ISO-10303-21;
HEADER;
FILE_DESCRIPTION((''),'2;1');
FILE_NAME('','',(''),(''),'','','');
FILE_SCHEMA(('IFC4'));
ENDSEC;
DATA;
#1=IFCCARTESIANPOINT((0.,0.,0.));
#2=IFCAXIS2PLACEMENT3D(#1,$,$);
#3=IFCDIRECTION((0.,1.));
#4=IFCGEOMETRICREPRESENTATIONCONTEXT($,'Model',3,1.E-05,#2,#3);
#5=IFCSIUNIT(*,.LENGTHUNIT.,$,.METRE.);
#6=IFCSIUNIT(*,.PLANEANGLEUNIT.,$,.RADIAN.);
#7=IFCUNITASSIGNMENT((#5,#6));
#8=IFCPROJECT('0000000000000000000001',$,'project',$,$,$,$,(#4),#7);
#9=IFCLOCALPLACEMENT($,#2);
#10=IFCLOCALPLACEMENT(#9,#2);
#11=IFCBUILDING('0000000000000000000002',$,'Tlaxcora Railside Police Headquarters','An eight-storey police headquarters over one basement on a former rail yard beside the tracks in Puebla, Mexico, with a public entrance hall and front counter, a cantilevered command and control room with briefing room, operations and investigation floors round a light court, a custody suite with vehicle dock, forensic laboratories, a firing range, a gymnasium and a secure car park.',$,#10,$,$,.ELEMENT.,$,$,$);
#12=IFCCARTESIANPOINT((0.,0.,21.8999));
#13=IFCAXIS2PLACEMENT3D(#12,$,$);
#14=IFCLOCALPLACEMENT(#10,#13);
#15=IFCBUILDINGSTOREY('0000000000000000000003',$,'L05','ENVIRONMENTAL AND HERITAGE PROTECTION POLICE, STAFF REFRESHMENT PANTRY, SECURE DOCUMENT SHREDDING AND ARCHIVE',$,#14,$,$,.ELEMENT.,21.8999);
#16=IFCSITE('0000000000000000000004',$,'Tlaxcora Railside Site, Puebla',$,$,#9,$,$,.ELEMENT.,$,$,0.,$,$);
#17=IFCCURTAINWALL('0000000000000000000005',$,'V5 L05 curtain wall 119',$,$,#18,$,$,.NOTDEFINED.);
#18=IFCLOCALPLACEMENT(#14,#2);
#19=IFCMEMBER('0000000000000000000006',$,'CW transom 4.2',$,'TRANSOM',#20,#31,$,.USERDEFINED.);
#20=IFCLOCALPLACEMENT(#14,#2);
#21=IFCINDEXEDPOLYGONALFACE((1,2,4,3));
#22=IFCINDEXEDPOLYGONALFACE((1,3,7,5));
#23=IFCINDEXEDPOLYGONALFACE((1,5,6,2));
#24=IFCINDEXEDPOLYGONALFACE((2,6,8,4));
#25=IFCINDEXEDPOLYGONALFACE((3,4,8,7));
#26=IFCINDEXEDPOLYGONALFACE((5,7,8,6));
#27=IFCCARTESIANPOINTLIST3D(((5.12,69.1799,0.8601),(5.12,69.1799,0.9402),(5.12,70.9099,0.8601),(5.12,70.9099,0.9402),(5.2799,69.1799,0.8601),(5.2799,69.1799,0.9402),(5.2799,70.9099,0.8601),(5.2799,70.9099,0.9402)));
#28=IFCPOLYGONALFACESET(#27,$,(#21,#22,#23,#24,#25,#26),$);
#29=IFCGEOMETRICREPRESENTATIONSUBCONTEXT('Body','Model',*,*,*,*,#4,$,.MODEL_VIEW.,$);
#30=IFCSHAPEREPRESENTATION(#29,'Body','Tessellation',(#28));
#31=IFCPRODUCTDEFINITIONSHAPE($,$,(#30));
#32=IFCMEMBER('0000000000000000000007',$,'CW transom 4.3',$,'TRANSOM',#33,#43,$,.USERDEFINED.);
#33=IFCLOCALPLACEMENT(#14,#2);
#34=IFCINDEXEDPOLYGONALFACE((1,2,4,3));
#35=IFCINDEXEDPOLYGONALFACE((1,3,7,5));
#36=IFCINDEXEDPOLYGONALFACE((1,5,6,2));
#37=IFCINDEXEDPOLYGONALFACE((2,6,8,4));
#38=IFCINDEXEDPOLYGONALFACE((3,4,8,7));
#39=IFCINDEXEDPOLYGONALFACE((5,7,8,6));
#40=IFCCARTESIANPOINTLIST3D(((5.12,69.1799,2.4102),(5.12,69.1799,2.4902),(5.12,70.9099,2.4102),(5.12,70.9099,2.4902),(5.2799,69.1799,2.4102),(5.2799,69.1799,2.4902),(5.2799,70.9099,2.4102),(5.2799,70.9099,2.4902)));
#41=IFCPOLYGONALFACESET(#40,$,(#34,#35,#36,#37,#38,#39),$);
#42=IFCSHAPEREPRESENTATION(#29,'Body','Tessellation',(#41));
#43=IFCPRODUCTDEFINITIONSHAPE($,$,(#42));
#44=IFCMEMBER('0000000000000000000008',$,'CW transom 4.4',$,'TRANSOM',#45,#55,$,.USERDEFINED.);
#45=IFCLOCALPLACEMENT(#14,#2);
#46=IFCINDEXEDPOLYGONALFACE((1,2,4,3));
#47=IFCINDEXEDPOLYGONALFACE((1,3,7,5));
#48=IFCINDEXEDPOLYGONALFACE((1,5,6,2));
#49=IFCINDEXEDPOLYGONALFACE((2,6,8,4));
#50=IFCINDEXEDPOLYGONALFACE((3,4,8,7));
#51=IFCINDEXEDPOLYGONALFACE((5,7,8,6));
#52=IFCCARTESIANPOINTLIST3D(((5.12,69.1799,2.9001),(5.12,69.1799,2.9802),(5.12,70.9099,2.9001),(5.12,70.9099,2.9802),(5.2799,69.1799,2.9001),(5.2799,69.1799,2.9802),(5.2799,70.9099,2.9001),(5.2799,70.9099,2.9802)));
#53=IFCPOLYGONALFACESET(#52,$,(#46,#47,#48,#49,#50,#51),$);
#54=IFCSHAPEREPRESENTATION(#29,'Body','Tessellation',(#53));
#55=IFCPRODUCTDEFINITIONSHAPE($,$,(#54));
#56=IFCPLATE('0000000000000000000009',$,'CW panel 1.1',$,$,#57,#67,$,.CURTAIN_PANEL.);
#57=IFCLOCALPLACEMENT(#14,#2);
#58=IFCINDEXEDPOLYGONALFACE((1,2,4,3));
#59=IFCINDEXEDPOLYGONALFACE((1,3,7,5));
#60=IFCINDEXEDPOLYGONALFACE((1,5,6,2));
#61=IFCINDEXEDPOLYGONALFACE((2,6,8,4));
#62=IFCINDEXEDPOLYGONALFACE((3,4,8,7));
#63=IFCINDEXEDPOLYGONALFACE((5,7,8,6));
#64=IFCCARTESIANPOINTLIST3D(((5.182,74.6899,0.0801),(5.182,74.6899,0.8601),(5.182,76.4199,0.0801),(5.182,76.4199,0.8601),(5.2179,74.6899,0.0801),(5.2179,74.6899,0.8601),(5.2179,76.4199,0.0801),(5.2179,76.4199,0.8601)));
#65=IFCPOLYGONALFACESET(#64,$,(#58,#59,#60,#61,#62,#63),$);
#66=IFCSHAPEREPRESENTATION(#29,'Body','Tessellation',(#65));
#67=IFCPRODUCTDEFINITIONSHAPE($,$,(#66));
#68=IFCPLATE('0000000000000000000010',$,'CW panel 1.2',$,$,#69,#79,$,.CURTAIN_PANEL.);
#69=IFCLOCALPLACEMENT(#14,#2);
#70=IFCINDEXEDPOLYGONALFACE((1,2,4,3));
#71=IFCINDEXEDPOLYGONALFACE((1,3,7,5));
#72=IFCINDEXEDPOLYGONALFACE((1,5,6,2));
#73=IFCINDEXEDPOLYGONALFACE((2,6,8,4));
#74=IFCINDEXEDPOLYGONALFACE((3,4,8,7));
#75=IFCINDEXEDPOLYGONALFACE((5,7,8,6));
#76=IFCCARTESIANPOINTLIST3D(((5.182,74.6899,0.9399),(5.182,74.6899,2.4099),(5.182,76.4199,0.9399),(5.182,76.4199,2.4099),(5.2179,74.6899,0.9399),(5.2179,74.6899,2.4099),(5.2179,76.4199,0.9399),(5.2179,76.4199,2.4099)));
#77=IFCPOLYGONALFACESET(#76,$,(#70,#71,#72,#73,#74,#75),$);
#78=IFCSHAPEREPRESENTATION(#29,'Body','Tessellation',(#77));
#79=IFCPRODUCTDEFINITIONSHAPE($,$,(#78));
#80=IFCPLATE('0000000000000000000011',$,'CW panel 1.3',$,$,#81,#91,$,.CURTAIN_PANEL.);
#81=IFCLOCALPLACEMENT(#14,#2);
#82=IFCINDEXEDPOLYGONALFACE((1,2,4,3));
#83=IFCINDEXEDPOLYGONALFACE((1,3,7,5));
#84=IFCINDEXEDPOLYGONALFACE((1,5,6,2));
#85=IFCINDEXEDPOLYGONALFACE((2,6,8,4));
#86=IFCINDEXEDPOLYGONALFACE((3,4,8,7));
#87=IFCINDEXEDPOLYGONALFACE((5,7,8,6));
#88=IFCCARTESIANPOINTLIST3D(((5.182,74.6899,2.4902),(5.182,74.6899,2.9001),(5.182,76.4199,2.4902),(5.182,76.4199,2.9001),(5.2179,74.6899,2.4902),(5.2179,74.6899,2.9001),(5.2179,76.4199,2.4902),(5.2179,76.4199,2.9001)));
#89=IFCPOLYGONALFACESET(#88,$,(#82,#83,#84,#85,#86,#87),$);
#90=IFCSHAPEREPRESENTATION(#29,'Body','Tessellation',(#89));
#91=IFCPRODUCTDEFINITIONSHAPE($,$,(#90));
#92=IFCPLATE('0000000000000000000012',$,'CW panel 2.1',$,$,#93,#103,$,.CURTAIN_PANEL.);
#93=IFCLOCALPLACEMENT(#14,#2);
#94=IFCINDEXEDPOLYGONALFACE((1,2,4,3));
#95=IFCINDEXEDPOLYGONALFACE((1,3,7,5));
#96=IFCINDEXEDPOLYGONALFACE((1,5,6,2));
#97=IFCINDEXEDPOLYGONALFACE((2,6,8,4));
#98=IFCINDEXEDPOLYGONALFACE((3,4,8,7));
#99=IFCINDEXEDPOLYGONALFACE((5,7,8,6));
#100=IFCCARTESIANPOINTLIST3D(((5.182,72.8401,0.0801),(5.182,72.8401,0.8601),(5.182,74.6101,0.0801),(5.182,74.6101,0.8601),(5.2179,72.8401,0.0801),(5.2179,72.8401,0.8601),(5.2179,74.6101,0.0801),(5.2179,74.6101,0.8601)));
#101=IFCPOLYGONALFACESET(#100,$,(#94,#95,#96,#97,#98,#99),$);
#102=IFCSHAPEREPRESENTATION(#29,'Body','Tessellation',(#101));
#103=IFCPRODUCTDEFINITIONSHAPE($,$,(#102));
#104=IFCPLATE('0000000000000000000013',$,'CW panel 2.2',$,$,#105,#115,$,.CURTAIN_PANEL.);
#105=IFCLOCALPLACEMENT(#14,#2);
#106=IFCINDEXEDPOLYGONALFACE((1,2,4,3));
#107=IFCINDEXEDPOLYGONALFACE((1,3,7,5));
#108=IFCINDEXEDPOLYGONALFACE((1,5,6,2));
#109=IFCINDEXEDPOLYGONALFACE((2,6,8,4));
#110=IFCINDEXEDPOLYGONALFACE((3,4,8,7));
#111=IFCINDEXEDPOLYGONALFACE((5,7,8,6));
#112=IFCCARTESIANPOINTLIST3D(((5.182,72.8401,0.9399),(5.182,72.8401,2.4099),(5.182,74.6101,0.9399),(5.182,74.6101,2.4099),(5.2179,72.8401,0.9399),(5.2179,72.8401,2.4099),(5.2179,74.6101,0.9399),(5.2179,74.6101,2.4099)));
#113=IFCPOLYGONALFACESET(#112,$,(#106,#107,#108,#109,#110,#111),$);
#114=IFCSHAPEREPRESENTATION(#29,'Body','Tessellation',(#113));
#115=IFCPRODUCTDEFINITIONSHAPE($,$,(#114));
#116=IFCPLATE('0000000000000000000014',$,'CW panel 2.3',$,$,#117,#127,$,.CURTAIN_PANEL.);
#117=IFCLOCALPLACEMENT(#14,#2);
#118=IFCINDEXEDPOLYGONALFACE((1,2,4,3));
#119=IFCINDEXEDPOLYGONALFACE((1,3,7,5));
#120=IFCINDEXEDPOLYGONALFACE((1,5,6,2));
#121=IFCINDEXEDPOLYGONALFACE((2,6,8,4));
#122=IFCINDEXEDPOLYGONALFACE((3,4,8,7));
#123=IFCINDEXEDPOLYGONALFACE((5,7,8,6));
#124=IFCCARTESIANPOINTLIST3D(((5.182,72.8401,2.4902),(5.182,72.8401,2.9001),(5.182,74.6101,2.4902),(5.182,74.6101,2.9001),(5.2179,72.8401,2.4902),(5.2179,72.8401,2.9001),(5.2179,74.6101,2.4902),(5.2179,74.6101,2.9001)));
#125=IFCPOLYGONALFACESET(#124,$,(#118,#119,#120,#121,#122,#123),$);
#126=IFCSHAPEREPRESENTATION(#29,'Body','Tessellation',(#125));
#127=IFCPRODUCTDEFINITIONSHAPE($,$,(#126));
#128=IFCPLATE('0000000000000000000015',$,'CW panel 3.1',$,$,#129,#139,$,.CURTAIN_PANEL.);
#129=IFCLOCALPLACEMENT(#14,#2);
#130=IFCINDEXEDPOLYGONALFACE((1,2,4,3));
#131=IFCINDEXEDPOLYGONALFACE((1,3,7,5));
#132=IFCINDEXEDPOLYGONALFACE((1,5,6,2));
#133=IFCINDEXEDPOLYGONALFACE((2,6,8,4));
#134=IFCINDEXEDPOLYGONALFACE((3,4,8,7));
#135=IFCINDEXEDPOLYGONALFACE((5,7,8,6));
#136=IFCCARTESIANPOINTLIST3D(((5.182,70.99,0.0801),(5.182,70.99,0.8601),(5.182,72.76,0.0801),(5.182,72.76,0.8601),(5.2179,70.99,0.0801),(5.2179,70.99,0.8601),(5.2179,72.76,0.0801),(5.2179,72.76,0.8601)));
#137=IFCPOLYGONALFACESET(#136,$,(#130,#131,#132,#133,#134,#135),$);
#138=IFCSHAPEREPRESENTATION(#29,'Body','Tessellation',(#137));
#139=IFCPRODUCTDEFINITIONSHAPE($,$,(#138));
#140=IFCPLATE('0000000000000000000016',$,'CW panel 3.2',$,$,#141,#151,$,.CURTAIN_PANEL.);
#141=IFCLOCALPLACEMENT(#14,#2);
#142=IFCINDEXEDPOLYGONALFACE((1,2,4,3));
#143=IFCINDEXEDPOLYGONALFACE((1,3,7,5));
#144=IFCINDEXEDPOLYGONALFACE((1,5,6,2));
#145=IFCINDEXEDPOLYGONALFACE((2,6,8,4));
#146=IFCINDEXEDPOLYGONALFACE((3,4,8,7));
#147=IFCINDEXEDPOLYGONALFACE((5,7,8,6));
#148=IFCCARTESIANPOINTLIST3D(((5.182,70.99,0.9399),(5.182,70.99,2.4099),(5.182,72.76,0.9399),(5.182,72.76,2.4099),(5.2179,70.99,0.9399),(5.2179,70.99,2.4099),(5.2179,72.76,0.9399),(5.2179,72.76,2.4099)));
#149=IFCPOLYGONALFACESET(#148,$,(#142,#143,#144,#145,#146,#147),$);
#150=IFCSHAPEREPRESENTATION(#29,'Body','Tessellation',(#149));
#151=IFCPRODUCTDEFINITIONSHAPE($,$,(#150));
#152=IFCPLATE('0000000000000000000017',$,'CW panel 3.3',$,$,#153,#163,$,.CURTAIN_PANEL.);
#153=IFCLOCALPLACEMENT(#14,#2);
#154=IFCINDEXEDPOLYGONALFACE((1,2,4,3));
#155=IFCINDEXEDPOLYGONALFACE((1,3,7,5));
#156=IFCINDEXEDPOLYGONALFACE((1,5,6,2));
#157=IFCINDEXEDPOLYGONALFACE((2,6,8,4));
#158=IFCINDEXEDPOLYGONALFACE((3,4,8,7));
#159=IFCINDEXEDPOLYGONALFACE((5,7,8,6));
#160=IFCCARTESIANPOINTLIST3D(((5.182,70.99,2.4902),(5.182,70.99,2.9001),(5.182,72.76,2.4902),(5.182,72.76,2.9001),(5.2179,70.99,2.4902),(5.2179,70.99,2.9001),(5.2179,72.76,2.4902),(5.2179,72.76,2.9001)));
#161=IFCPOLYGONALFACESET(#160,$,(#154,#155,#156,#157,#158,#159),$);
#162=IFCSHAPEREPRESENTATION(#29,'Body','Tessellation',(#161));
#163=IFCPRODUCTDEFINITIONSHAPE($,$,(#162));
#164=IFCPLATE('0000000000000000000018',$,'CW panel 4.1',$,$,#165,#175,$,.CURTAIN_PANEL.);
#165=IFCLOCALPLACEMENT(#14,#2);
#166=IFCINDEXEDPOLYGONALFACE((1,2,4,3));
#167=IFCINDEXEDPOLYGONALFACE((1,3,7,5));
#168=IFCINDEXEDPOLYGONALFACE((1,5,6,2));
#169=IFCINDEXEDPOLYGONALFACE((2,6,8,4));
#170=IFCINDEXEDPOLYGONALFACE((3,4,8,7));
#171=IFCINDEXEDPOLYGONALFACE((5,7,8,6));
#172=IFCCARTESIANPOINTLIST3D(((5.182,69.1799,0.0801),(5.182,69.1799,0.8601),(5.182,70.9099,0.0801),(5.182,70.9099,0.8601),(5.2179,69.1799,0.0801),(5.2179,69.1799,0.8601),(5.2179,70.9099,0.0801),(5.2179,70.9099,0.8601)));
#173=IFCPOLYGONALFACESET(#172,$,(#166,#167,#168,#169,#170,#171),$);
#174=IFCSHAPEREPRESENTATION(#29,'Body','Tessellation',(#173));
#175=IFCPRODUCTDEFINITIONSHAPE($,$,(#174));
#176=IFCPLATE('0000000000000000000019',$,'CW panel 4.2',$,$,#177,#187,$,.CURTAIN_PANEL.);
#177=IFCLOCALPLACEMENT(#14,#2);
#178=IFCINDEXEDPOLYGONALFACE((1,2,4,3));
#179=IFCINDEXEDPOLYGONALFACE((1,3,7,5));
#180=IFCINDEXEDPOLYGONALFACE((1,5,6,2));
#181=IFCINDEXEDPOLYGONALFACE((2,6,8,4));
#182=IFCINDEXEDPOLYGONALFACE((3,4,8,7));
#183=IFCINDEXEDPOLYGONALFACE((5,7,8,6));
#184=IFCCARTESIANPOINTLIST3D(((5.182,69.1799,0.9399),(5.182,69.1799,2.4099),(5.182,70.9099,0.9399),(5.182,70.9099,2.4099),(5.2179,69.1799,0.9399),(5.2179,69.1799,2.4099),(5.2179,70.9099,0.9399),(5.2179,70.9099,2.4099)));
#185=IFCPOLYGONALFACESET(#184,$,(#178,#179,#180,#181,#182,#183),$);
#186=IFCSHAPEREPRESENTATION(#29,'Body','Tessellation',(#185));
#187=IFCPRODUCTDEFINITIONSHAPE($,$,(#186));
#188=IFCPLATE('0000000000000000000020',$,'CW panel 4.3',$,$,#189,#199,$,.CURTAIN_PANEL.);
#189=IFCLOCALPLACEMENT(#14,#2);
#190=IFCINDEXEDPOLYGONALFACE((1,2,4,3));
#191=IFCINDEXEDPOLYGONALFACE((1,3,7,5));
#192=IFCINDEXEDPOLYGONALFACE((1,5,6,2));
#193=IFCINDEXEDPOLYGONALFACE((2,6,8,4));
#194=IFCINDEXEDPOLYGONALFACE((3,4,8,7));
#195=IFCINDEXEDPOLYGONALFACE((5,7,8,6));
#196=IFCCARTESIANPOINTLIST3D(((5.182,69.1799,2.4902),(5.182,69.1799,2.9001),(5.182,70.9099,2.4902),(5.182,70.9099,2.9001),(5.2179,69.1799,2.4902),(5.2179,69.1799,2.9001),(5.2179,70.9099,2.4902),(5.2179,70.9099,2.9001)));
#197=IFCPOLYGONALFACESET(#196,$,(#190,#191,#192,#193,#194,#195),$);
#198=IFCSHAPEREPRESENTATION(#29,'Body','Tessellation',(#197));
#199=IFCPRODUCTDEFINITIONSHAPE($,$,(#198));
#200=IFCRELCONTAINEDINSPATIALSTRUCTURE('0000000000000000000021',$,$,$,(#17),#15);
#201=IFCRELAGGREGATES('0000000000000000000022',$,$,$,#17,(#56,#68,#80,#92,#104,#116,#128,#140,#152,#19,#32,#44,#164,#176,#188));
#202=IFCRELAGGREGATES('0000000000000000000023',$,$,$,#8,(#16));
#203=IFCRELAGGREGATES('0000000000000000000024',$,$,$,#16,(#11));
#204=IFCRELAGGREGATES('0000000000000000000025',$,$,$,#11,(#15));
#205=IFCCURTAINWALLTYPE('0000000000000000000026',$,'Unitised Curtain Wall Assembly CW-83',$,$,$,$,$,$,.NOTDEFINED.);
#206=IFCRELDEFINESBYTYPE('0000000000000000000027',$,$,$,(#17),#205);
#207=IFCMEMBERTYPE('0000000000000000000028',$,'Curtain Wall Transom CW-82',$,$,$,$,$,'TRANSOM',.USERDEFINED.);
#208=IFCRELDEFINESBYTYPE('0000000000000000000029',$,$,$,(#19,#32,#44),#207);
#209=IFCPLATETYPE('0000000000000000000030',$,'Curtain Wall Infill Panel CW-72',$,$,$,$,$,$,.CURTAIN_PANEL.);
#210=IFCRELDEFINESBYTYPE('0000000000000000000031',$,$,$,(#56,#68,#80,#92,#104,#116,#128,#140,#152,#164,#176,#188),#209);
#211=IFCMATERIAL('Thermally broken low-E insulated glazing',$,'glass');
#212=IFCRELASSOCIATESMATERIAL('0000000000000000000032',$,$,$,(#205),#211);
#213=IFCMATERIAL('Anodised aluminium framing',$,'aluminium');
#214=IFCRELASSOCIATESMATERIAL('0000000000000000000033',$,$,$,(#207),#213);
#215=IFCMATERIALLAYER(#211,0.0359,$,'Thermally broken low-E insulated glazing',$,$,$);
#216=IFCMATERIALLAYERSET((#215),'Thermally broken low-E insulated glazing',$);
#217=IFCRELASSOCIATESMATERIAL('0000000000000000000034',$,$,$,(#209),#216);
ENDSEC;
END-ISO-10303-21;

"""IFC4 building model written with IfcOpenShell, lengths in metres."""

from ifc_helpers import new_model, si_unit, direction, frame, origin, origin_2d, place, context, subcontext, project, spatial, rectangle, extrude, material, layer, layer_set, material_profile, profile_set, type_object, element, aggregate, save


model = new_model("IFC4")

# Units and contexts
model_context = context("Model", 3, precision=1e-05, world=origin(), true_north=direction((0.0, 1.0)))
body_context = subcontext(model_context, "Body", "Model", "MODEL_VIEW")
ifc_project = project(units=[si_unit("LENGTHUNIT", "METRE"), si_unit("PLANEANGLEUNIT", "RADIAN")], contexts=[model_context])

# Site, building, storey
site_placement = place(None, origin())
site = spatial("IfcSite", under=ifc_project, at=site_placement, Name="Tlaxcora Railside Site, Puebla", CompositionType="ELEMENT", RefElevation=0.0)
building_placement = place(site_placement, origin())
building = spatial("IfcBuilding", under=site, at=building_placement, Name="Tlaxcora Railside Police Headquarters", Description="An eight-storey police headquarters over one basement on a former rail yard beside the tracks in Puebla, Mexico, with a public entrance hall and front counter, a cantilevered command and control room with briefing room, operations and investigation floors round a light court, a custody suite with vehicle dock, forensic laboratories, a firing range, a gymnasium and a secure car park.", CompositionType="ELEMENT")
storey_placement = place(building_placement, frame((0.0, 0.0, 21.8999)))
storey = spatial("IfcBuildingStorey", under=building, at=storey_placement, Name="L05", Description="ENVIRONMENTAL AND HERITAGE PROTECTION POLICE, STAFF REFRESHMENT PANTRY, SECURE DOCUMENT SHREDDING AND ARCHIVE", CompositionType="ELEMENT", Elevation=21.8999)

# Curtain wall, members, plates
ifc_material_1 = material(Name="Thermally broken low-E insulated glazing", Category="glass")
curtain_wall_type = type_object("IfcCurtainWallType", Name="Unitised Curtain Wall Assembly CW-83", PredefinedType="NOTDEFINED", material=ifc_material_1)
curtain_wall_placement = place(storey_placement, origin())
curtain_wall = element("IfcCurtainWall", 1, at=curtain_wall_placement, inside=storey, type_object=curtain_wall_type, Name="V5 L05 curtain wall 119", PredefinedType="NOTDEFINED")
ifc_material_2 = material(Name="Anodised aluminium framing", Category="aluminium")
ifc_material_profile_1 = material_profile(ifc_material_2, rectangle(XDim=0.1599, YDim=0.0801, at=origin_2d()), Name="AL80X160")
ifc_profile_set_1 = profile_set([ifc_material_profile_1], Name="Anodised aluminium framing")
member_type_1 = type_object("IfcMemberType", Name="Curtain Wall Transom CW-82", ElementType="TRANSOM", PredefinedType="USERDEFINED", material=ifc_profile_set_1)
member_1_placement = place(storey_placement, frame((5.2, 70.9099, 0.9001), z_axis=(0.0, -1.0, 0.0), x_axis=(1.0, 0.0, 0.0)))
member_1 = element("IfcMember", 2, at=member_1_placement, type_object=member_type_1, Name="CW transom 4.2", ObjectType="TRANSOM", PredefinedType="USERDEFINED", context=body_context, shape_type="SweptSolid", body=[
    extrude(rectangle(XDim=0.1599, YDim=0.0801, at=origin_2d()), origin(), (0.0, 0.0, 1.0), 1.73),
])
member_2_placement = place(storey_placement, frame((5.2, 70.9099, 2.4502), z_axis=(0.0, -1.0, 0.0), x_axis=(1.0, 0.0, 0.0)))
member_2 = element("IfcMember", 3, at=member_2_placement, type_object=member_type_1, Name="CW transom 4.3", ObjectType="TRANSOM", PredefinedType="USERDEFINED", context=body_context, shape_type="SweptSolid", body=[
    extrude(rectangle(XDim=0.1599, YDim=0.0801, at=origin_2d()), origin(), (0.0, 0.0, 1.0), 1.73),
])
member_3_placement = place(storey_placement, frame((5.2, 70.9099, 2.9402), z_axis=(0.0, -1.0, 0.0), x_axis=(1.0, 0.0, 0.0)))
member_3 = element("IfcMember", 4, at=member_3_placement, type_object=member_type_1, Name="CW transom 4.4", ObjectType="TRANSOM", PredefinedType="USERDEFINED", context=body_context, shape_type="SweptSolid", body=[
    extrude(rectangle(XDim=0.1599, YDim=0.0801, at=origin_2d()), origin(), (0.0, 0.0, 1.0), 1.73),
])
ifc_layer = layer(ifc_material_1, 0.0359, Name="Thermally broken low-E insulated glazing")
ifc_layer_set = layer_set([ifc_layer], Name="Thermally broken low-E insulated glazing")
plate_type = type_object("IfcPlateType", Name="Curtain Wall Infill Panel CW-72", PredefinedType="CURTAIN_PANEL", material=ifc_layer_set)
plate_1_placement = place(storey_placement, frame((5.2, 75.5549, 0.0801), z_axis=(0.0, 0.0, 1.0), x_axis=(0.0, -1.0, 0.0)))
plate_1 = element("IfcPlate", 5, at=plate_1_placement, type_object=plate_type, Name="CW panel 1.1", PredefinedType="CURTAIN_PANEL", context=body_context, shape_type="SweptSolid", body=[
    extrude(rectangle(XDim=1.73, YDim=0.0359, at=origin_2d()), origin(), (0.0, 0.0, 1.0), 0.78),
])
plate_2_placement = place(storey_placement, frame((5.2, 75.5549, 0.9399), z_axis=(0.0, 0.0, 1.0), x_axis=(0.0, -1.0, 0.0)))
plate_2 = element("IfcPlate", 6, at=plate_2_placement, type_object=plate_type, Name="CW panel 1.2", PredefinedType="CURTAIN_PANEL", context=body_context, shape_type="SweptSolid", body=[
    extrude(rectangle(XDim=1.73, YDim=0.0359, at=origin_2d()), origin(), (0.0, 0.0, 1.0), 1.47),
])
plate_3_placement = place(storey_placement, frame((5.2, 75.5549, 2.4902), z_axis=(0.0, 0.0, 1.0), x_axis=(0.0, -1.0, 0.0)))
plate_3 = element("IfcPlate", 7, at=plate_3_placement, type_object=plate_type, Name="CW panel 1.3", PredefinedType="CURTAIN_PANEL", context=body_context, shape_type="SweptSolid", body=[
    extrude(rectangle(XDim=1.73, YDim=0.0359, at=origin_2d()), origin(), (0.0, 0.0, 1.0), 0.4099),
])
plate_4_placement = place(storey_placement, frame((5.2, 73.7251, 0.0801), z_axis=(0.0, 0.0, 1.0), x_axis=(0.0, -1.0, 0.0)))
plate_4 = element("IfcPlate", 8, at=plate_4_placement, type_object=plate_type, Name="CW panel 2.1", PredefinedType="CURTAIN_PANEL", context=body_context, shape_type="SweptSolid", body=[
    extrude(rectangle(XDim=1.77, YDim=0.0359, at=origin_2d()), origin(), (0.0, 0.0, 1.0), 0.78),
])
plate_5_placement = place(storey_placement, frame((5.2, 73.7251, 0.9399), z_axis=(0.0, 0.0, 1.0), x_axis=(0.0, -1.0, 0.0)))
plate_5 = element("IfcPlate", 9, at=plate_5_placement, type_object=plate_type, Name="CW panel 2.2", PredefinedType="CURTAIN_PANEL", context=body_context, shape_type="SweptSolid", body=[
    extrude(rectangle(XDim=1.77, YDim=0.0359, at=origin_2d()), origin(), (0.0, 0.0, 1.0), 1.47),
])
plate_6_placement = place(storey_placement, frame((5.2, 73.7251, 2.4902), z_axis=(0.0, 0.0, 1.0), x_axis=(0.0, -1.0, 0.0)))
plate_6 = element("IfcPlate", 10, at=plate_6_placement, type_object=plate_type, Name="CW panel 2.3", PredefinedType="CURTAIN_PANEL", context=body_context, shape_type="SweptSolid", body=[
    extrude(rectangle(XDim=1.77, YDim=0.0359, at=origin_2d()), origin(), (0.0, 0.0, 1.0), 0.4099),
])
plate_7_placement = place(storey_placement, frame((5.2, 71.875, 0.0801), z_axis=(0.0, 0.0, 1.0), x_axis=(0.0, -1.0, 0.0)))
plate_7 = element("IfcPlate", 11, at=plate_7_placement, type_object=plate_type, Name="CW panel 3.1", PredefinedType="CURTAIN_PANEL", context=body_context, shape_type="SweptSolid", body=[
    extrude(rectangle(XDim=1.77, YDim=0.0359, at=origin_2d()), origin(), (0.0, 0.0, 1.0), 0.78),
])
plate_8_placement = place(storey_placement, frame((5.2, 71.875, 0.9399), z_axis=(0.0, 0.0, 1.0), x_axis=(0.0, -1.0, 0.0)))
plate_8 = element("IfcPlate", 12, at=plate_8_placement, type_object=plate_type, Name="CW panel 3.2", PredefinedType="CURTAIN_PANEL", context=body_context, shape_type="SweptSolid", body=[
    extrude(rectangle(XDim=1.77, YDim=0.0359, at=origin_2d()), origin(), (0.0, 0.0, 1.0), 1.47),
])
plate_9_placement = place(storey_placement, frame((5.2, 71.875, 2.4902), z_axis=(0.0, 0.0, 1.0), x_axis=(0.0, -1.0, 0.0)))
plate_9 = element("IfcPlate", 13, at=plate_9_placement, type_object=plate_type, Name="CW panel 3.3", PredefinedType="CURTAIN_PANEL", context=body_context, shape_type="SweptSolid", body=[
    extrude(rectangle(XDim=1.77, YDim=0.0359, at=origin_2d()), origin(), (0.0, 0.0, 1.0), 0.4099),
])
plate_10_placement = place(storey_placement, frame((5.2, 70.0449, 0.0801), z_axis=(0.0, 0.0, 1.0), x_axis=(0.0, -1.0, 0.0)))
plate_10 = element("IfcPlate", 14, at=plate_10_placement, type_object=plate_type, Name="CW panel 4.1", PredefinedType="CURTAIN_PANEL", context=body_context, shape_type="SweptSolid", body=[
    extrude(rectangle(XDim=1.73, YDim=0.0359, at=origin_2d()), origin(), (0.0, 0.0, 1.0), 0.78),
])
plate_11_placement = place(storey_placement, frame((5.2, 70.0449, 0.9399), z_axis=(0.0, 0.0, 1.0), x_axis=(0.0, -1.0, 0.0)))
plate_11 = element("IfcPlate", 15, at=plate_11_placement, type_object=plate_type, Name="CW panel 4.2", PredefinedType="CURTAIN_PANEL", context=body_context, shape_type="SweptSolid", body=[
    extrude(rectangle(XDim=1.73, YDim=0.0359, at=origin_2d()), origin(), (0.0, 0.0, 1.0), 1.47),
])
plate_12_placement = place(storey_placement, frame((5.2, 70.0449, 2.4902), z_axis=(0.0, 0.0, 1.0), x_axis=(0.0, -1.0, 0.0)))
plate_12 = element("IfcPlate", 16, at=plate_12_placement, type_object=plate_type, Name="CW panel 4.3", PredefinedType="CURTAIN_PANEL", context=body_context, shape_type="SweptSolid", body=[
    extrude(rectangle(XDim=1.73, YDim=0.0359, at=origin_2d()), origin(), (0.0, 0.0, 1.0), 0.4099),
])
aggregate(curtain_wall, [plate_1, plate_2, plate_3, plate_4, plate_5, plate_6, plate_7, plate_8, plate_9, member_1, member_2, member_3, plate_10, plate_11, plate_12])

save(model, "model.ifc")
